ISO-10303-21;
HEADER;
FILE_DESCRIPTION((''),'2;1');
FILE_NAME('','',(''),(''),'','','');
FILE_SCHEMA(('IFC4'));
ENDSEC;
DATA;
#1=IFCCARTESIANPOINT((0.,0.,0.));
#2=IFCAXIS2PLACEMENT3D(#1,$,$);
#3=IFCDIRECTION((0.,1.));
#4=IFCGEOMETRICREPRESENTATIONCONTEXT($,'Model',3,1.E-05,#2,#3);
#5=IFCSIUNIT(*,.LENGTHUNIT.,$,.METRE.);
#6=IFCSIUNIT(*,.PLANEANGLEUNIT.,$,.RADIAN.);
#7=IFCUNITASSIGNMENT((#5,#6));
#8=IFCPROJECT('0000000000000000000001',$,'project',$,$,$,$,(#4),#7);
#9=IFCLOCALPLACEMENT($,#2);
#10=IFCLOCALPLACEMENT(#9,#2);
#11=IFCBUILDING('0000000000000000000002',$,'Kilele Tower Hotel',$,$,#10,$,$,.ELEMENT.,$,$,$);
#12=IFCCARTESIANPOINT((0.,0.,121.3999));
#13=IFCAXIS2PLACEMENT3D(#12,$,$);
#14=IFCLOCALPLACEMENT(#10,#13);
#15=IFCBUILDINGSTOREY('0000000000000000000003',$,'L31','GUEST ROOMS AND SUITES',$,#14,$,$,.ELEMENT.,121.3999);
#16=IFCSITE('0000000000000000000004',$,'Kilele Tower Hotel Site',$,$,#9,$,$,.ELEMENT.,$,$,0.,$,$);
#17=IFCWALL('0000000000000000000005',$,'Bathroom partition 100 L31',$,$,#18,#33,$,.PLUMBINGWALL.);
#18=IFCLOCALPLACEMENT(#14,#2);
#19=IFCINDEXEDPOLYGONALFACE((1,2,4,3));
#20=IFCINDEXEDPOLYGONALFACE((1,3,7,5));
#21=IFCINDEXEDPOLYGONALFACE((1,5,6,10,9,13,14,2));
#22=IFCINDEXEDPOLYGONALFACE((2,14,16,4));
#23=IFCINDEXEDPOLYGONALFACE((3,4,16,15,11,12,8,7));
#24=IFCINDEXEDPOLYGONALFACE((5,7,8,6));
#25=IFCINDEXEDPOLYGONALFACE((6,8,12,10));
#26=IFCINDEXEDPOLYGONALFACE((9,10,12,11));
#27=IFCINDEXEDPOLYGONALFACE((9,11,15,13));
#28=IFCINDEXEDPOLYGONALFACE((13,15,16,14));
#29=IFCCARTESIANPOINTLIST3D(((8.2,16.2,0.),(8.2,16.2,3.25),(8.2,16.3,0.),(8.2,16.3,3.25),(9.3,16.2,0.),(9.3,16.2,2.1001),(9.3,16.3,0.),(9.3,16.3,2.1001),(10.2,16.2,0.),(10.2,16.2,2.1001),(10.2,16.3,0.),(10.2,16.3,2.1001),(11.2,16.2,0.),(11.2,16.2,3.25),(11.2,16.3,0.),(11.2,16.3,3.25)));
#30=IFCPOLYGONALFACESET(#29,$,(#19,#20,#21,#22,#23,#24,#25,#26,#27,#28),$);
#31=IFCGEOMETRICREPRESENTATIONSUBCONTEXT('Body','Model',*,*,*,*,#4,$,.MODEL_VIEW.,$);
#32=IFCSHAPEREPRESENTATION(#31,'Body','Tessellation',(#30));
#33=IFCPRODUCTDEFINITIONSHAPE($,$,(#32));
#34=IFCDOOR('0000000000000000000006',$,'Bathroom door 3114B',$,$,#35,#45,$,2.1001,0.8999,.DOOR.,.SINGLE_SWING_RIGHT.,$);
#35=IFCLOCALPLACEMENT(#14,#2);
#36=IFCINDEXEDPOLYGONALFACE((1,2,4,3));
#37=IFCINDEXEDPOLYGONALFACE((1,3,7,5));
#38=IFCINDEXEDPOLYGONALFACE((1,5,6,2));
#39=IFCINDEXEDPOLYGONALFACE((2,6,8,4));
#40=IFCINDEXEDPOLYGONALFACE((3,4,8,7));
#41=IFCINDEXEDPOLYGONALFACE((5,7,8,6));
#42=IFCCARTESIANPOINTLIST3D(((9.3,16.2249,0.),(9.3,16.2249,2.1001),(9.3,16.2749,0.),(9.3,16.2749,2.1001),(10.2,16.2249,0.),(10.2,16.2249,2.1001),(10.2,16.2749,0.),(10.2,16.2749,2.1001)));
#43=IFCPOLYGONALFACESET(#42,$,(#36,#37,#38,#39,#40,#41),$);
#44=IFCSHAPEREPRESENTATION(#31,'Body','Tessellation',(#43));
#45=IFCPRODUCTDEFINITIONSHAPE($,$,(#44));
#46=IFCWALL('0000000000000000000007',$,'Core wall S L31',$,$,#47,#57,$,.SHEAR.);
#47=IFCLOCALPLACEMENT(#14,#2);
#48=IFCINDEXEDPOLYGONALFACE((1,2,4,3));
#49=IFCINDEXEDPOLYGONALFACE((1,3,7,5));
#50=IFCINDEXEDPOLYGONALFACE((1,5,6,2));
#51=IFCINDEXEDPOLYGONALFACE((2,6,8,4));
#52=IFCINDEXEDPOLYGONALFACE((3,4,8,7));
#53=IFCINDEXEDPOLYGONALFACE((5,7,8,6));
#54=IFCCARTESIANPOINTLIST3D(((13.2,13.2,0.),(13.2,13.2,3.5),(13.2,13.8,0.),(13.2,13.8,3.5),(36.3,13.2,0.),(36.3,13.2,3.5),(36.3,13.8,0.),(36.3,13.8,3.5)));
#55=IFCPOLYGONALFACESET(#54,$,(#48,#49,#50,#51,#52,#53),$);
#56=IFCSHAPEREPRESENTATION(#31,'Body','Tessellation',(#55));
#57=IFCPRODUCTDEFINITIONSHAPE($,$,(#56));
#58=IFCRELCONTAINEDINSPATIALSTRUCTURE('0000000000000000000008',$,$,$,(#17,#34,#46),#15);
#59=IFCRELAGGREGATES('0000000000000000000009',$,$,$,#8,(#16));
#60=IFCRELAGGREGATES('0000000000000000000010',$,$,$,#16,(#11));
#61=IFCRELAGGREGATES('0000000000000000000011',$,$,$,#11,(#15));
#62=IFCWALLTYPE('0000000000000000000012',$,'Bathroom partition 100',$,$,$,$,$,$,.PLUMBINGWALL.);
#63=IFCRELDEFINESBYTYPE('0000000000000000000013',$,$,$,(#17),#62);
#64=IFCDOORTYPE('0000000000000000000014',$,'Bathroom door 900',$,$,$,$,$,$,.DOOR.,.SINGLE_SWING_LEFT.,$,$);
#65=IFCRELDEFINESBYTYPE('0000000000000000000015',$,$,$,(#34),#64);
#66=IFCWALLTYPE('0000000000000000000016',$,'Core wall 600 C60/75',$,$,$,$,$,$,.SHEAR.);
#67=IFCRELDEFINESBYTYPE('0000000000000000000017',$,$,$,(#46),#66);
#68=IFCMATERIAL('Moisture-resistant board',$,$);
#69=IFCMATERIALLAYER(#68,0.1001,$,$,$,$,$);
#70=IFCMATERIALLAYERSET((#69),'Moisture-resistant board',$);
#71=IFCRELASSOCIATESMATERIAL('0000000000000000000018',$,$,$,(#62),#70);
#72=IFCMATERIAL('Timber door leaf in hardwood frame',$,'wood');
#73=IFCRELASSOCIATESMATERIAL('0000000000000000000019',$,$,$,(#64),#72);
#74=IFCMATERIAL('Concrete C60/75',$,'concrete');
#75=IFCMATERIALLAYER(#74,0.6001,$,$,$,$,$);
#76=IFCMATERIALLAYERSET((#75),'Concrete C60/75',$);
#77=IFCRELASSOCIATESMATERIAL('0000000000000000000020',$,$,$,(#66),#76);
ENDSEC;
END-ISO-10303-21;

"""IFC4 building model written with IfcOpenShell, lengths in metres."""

from ifc_helpers import new_model, si_unit, direction, frame, frame_2d, origin, place, context, subcontext, project, spatial, rectangle, extrude, material, layer, layer_set, type_object, element, fill, save


model = new_model("IFC4")

# Units and contexts
model_context = context("Model", 3, precision=1e-05, world=origin(), true_north=direction((0.0, 1.0)))
body_context = subcontext(model_context, "Body", "Model", "MODEL_VIEW")
ifc_project = project(units=[si_unit("LENGTHUNIT", "METRE"), si_unit("PLANEANGLEUNIT", "RADIAN")], contexts=[model_context])

# Site, building, storey
site_placement = place(None, origin())
site = spatial("IfcSite", under=ifc_project, at=site_placement, Name="Kilele Tower Hotel Site", CompositionType="ELEMENT", RefElevation=0.0)
building_placement = place(site_placement, origin())
building = spatial("IfcBuilding", under=site, at=building_placement, Name="Kilele Tower Hotel", CompositionType="ELEMENT")
storey_placement = place(building_placement, frame((0.0, 0.0, 121.3999)))
storey = spatial("IfcBuildingStorey", under=building, at=storey_placement, Name="L31", Description="GUEST ROOMS AND SUITES", CompositionType="ELEMENT", Elevation=121.3999)

# Wall, opening, door
ifc_material_1 = material(Name="Moisture-resistant board")
ifc_layer_1 = layer(ifc_material_1, 0.1001)
ifc_layer_set_1 = layer_set([ifc_layer_1], Name="Moisture-resistant board")
wall_type_1 = type_object("IfcWallType", Name="Bathroom partition 100", PredefinedType="PLUMBINGWALL", material=ifc_layer_set_1)
wall_1_placement = place(storey_placement, frame((11.2, 16.25, 0.0), z_axis=(0.0, 0.0, 1.0), x_axis=(-1.0, 0.0, 0.0)))
wall_1 = element("IfcWall", 1, at=wall_1_placement, inside=storey, type_object=wall_type_1, Name="Bathroom partition 100 L31", PredefinedType="PLUMBINGWALL", context=body_context, shape_type="SweptSolid", body=[
    extrude(rectangle(XDim=3.0, YDim=0.1001, at=frame_2d((1.5, 0.0))), origin(), (0.0, 0.0, 1.0), 3.25),
])
opening_1_placement = place(wall_1_placement, frame((1.8999, 0.0, 0.0), z_axis=(0.0, 0.0, 1.0), x_axis=(-1.0, 0.0, 0.0)))
opening_1 = element("IfcOpeningElement", 2, at=opening_1_placement, cuts=wall_1, PredefinedType="OPENING", context=body_context, shape_type="SweptSolid", body=[
    extrude(rectangle(XDim=0.8999, YDim=2.1001, at=frame_2d((0.45, 1.05))), frame((0.0, 0.0601, 0.0), z_axis=(0.0, -1.0, 0.0), x_axis=(1.0, 0.0, 0.0)), (0.0, 0.0, 1.0), 0.1201),
])
ifc_material_2 = material(Name="Timber door leaf in hardwood frame", Category="wood")
door_type_1 = type_object("IfcDoorType", Name="Bathroom door 900", OperationType="SINGLE_SWING_LEFT", PredefinedType="DOOR", material=ifc_material_2)
door_1_placement = place(opening_1_placement, origin())
door_1 = element("IfcDoor", 3, at=door_1_placement, inside=storey, type_object=door_type_1, Name="Bathroom door 3114B", OperationType="SINGLE_SWING_RIGHT", OverallHeight=2.1001, OverallWidth=0.8999, PredefinedType="DOOR", context=body_context, shape_type="SweptSolid", body=[
    extrude(rectangle(XDim=0.8999, YDim=2.1001, at=frame_2d((0.45, 1.05))), frame((0.0, 0.0249, 0.0), z_axis=(0.0, -1.0, 0.0), x_axis=(1.0, 0.0, 0.0)), (0.0, 0.0, 1.0), 0.05),
])
fill(opening_1, door_1)

# Wall
ifc_material_3 = material(Name="Concrete C60/75", Category="concrete")
ifc_layer_2 = layer(ifc_material_3, 0.6001)
ifc_layer_set_2 = layer_set([ifc_layer_2], Name="Concrete C60/75")
wall_type_2 = type_object("IfcWallType", Name="Core wall 600 C60/75", PredefinedType="SHEAR", material=ifc_layer_set_2)
wall_2_placement = place(storey_placement, frame((13.2, 13.5, 0.0), z_axis=(0.0, 0.0, 1.0), x_axis=(1.0, 0.0, 0.0)))
element("IfcWall", 4, at=wall_2_placement, inside=storey, type_object=wall_type_2, Name="Core wall S L31", PredefinedType="SHEAR", context=body_context, shape_type="SweptSolid", body=[
    extrude(rectangle(XDim=23.1001, YDim=0.6001, at=frame_2d((11.55, 0.0))), origin(), (0.0, 0.0, 1.0), 3.5),
])

save(model, "model.ifc")
